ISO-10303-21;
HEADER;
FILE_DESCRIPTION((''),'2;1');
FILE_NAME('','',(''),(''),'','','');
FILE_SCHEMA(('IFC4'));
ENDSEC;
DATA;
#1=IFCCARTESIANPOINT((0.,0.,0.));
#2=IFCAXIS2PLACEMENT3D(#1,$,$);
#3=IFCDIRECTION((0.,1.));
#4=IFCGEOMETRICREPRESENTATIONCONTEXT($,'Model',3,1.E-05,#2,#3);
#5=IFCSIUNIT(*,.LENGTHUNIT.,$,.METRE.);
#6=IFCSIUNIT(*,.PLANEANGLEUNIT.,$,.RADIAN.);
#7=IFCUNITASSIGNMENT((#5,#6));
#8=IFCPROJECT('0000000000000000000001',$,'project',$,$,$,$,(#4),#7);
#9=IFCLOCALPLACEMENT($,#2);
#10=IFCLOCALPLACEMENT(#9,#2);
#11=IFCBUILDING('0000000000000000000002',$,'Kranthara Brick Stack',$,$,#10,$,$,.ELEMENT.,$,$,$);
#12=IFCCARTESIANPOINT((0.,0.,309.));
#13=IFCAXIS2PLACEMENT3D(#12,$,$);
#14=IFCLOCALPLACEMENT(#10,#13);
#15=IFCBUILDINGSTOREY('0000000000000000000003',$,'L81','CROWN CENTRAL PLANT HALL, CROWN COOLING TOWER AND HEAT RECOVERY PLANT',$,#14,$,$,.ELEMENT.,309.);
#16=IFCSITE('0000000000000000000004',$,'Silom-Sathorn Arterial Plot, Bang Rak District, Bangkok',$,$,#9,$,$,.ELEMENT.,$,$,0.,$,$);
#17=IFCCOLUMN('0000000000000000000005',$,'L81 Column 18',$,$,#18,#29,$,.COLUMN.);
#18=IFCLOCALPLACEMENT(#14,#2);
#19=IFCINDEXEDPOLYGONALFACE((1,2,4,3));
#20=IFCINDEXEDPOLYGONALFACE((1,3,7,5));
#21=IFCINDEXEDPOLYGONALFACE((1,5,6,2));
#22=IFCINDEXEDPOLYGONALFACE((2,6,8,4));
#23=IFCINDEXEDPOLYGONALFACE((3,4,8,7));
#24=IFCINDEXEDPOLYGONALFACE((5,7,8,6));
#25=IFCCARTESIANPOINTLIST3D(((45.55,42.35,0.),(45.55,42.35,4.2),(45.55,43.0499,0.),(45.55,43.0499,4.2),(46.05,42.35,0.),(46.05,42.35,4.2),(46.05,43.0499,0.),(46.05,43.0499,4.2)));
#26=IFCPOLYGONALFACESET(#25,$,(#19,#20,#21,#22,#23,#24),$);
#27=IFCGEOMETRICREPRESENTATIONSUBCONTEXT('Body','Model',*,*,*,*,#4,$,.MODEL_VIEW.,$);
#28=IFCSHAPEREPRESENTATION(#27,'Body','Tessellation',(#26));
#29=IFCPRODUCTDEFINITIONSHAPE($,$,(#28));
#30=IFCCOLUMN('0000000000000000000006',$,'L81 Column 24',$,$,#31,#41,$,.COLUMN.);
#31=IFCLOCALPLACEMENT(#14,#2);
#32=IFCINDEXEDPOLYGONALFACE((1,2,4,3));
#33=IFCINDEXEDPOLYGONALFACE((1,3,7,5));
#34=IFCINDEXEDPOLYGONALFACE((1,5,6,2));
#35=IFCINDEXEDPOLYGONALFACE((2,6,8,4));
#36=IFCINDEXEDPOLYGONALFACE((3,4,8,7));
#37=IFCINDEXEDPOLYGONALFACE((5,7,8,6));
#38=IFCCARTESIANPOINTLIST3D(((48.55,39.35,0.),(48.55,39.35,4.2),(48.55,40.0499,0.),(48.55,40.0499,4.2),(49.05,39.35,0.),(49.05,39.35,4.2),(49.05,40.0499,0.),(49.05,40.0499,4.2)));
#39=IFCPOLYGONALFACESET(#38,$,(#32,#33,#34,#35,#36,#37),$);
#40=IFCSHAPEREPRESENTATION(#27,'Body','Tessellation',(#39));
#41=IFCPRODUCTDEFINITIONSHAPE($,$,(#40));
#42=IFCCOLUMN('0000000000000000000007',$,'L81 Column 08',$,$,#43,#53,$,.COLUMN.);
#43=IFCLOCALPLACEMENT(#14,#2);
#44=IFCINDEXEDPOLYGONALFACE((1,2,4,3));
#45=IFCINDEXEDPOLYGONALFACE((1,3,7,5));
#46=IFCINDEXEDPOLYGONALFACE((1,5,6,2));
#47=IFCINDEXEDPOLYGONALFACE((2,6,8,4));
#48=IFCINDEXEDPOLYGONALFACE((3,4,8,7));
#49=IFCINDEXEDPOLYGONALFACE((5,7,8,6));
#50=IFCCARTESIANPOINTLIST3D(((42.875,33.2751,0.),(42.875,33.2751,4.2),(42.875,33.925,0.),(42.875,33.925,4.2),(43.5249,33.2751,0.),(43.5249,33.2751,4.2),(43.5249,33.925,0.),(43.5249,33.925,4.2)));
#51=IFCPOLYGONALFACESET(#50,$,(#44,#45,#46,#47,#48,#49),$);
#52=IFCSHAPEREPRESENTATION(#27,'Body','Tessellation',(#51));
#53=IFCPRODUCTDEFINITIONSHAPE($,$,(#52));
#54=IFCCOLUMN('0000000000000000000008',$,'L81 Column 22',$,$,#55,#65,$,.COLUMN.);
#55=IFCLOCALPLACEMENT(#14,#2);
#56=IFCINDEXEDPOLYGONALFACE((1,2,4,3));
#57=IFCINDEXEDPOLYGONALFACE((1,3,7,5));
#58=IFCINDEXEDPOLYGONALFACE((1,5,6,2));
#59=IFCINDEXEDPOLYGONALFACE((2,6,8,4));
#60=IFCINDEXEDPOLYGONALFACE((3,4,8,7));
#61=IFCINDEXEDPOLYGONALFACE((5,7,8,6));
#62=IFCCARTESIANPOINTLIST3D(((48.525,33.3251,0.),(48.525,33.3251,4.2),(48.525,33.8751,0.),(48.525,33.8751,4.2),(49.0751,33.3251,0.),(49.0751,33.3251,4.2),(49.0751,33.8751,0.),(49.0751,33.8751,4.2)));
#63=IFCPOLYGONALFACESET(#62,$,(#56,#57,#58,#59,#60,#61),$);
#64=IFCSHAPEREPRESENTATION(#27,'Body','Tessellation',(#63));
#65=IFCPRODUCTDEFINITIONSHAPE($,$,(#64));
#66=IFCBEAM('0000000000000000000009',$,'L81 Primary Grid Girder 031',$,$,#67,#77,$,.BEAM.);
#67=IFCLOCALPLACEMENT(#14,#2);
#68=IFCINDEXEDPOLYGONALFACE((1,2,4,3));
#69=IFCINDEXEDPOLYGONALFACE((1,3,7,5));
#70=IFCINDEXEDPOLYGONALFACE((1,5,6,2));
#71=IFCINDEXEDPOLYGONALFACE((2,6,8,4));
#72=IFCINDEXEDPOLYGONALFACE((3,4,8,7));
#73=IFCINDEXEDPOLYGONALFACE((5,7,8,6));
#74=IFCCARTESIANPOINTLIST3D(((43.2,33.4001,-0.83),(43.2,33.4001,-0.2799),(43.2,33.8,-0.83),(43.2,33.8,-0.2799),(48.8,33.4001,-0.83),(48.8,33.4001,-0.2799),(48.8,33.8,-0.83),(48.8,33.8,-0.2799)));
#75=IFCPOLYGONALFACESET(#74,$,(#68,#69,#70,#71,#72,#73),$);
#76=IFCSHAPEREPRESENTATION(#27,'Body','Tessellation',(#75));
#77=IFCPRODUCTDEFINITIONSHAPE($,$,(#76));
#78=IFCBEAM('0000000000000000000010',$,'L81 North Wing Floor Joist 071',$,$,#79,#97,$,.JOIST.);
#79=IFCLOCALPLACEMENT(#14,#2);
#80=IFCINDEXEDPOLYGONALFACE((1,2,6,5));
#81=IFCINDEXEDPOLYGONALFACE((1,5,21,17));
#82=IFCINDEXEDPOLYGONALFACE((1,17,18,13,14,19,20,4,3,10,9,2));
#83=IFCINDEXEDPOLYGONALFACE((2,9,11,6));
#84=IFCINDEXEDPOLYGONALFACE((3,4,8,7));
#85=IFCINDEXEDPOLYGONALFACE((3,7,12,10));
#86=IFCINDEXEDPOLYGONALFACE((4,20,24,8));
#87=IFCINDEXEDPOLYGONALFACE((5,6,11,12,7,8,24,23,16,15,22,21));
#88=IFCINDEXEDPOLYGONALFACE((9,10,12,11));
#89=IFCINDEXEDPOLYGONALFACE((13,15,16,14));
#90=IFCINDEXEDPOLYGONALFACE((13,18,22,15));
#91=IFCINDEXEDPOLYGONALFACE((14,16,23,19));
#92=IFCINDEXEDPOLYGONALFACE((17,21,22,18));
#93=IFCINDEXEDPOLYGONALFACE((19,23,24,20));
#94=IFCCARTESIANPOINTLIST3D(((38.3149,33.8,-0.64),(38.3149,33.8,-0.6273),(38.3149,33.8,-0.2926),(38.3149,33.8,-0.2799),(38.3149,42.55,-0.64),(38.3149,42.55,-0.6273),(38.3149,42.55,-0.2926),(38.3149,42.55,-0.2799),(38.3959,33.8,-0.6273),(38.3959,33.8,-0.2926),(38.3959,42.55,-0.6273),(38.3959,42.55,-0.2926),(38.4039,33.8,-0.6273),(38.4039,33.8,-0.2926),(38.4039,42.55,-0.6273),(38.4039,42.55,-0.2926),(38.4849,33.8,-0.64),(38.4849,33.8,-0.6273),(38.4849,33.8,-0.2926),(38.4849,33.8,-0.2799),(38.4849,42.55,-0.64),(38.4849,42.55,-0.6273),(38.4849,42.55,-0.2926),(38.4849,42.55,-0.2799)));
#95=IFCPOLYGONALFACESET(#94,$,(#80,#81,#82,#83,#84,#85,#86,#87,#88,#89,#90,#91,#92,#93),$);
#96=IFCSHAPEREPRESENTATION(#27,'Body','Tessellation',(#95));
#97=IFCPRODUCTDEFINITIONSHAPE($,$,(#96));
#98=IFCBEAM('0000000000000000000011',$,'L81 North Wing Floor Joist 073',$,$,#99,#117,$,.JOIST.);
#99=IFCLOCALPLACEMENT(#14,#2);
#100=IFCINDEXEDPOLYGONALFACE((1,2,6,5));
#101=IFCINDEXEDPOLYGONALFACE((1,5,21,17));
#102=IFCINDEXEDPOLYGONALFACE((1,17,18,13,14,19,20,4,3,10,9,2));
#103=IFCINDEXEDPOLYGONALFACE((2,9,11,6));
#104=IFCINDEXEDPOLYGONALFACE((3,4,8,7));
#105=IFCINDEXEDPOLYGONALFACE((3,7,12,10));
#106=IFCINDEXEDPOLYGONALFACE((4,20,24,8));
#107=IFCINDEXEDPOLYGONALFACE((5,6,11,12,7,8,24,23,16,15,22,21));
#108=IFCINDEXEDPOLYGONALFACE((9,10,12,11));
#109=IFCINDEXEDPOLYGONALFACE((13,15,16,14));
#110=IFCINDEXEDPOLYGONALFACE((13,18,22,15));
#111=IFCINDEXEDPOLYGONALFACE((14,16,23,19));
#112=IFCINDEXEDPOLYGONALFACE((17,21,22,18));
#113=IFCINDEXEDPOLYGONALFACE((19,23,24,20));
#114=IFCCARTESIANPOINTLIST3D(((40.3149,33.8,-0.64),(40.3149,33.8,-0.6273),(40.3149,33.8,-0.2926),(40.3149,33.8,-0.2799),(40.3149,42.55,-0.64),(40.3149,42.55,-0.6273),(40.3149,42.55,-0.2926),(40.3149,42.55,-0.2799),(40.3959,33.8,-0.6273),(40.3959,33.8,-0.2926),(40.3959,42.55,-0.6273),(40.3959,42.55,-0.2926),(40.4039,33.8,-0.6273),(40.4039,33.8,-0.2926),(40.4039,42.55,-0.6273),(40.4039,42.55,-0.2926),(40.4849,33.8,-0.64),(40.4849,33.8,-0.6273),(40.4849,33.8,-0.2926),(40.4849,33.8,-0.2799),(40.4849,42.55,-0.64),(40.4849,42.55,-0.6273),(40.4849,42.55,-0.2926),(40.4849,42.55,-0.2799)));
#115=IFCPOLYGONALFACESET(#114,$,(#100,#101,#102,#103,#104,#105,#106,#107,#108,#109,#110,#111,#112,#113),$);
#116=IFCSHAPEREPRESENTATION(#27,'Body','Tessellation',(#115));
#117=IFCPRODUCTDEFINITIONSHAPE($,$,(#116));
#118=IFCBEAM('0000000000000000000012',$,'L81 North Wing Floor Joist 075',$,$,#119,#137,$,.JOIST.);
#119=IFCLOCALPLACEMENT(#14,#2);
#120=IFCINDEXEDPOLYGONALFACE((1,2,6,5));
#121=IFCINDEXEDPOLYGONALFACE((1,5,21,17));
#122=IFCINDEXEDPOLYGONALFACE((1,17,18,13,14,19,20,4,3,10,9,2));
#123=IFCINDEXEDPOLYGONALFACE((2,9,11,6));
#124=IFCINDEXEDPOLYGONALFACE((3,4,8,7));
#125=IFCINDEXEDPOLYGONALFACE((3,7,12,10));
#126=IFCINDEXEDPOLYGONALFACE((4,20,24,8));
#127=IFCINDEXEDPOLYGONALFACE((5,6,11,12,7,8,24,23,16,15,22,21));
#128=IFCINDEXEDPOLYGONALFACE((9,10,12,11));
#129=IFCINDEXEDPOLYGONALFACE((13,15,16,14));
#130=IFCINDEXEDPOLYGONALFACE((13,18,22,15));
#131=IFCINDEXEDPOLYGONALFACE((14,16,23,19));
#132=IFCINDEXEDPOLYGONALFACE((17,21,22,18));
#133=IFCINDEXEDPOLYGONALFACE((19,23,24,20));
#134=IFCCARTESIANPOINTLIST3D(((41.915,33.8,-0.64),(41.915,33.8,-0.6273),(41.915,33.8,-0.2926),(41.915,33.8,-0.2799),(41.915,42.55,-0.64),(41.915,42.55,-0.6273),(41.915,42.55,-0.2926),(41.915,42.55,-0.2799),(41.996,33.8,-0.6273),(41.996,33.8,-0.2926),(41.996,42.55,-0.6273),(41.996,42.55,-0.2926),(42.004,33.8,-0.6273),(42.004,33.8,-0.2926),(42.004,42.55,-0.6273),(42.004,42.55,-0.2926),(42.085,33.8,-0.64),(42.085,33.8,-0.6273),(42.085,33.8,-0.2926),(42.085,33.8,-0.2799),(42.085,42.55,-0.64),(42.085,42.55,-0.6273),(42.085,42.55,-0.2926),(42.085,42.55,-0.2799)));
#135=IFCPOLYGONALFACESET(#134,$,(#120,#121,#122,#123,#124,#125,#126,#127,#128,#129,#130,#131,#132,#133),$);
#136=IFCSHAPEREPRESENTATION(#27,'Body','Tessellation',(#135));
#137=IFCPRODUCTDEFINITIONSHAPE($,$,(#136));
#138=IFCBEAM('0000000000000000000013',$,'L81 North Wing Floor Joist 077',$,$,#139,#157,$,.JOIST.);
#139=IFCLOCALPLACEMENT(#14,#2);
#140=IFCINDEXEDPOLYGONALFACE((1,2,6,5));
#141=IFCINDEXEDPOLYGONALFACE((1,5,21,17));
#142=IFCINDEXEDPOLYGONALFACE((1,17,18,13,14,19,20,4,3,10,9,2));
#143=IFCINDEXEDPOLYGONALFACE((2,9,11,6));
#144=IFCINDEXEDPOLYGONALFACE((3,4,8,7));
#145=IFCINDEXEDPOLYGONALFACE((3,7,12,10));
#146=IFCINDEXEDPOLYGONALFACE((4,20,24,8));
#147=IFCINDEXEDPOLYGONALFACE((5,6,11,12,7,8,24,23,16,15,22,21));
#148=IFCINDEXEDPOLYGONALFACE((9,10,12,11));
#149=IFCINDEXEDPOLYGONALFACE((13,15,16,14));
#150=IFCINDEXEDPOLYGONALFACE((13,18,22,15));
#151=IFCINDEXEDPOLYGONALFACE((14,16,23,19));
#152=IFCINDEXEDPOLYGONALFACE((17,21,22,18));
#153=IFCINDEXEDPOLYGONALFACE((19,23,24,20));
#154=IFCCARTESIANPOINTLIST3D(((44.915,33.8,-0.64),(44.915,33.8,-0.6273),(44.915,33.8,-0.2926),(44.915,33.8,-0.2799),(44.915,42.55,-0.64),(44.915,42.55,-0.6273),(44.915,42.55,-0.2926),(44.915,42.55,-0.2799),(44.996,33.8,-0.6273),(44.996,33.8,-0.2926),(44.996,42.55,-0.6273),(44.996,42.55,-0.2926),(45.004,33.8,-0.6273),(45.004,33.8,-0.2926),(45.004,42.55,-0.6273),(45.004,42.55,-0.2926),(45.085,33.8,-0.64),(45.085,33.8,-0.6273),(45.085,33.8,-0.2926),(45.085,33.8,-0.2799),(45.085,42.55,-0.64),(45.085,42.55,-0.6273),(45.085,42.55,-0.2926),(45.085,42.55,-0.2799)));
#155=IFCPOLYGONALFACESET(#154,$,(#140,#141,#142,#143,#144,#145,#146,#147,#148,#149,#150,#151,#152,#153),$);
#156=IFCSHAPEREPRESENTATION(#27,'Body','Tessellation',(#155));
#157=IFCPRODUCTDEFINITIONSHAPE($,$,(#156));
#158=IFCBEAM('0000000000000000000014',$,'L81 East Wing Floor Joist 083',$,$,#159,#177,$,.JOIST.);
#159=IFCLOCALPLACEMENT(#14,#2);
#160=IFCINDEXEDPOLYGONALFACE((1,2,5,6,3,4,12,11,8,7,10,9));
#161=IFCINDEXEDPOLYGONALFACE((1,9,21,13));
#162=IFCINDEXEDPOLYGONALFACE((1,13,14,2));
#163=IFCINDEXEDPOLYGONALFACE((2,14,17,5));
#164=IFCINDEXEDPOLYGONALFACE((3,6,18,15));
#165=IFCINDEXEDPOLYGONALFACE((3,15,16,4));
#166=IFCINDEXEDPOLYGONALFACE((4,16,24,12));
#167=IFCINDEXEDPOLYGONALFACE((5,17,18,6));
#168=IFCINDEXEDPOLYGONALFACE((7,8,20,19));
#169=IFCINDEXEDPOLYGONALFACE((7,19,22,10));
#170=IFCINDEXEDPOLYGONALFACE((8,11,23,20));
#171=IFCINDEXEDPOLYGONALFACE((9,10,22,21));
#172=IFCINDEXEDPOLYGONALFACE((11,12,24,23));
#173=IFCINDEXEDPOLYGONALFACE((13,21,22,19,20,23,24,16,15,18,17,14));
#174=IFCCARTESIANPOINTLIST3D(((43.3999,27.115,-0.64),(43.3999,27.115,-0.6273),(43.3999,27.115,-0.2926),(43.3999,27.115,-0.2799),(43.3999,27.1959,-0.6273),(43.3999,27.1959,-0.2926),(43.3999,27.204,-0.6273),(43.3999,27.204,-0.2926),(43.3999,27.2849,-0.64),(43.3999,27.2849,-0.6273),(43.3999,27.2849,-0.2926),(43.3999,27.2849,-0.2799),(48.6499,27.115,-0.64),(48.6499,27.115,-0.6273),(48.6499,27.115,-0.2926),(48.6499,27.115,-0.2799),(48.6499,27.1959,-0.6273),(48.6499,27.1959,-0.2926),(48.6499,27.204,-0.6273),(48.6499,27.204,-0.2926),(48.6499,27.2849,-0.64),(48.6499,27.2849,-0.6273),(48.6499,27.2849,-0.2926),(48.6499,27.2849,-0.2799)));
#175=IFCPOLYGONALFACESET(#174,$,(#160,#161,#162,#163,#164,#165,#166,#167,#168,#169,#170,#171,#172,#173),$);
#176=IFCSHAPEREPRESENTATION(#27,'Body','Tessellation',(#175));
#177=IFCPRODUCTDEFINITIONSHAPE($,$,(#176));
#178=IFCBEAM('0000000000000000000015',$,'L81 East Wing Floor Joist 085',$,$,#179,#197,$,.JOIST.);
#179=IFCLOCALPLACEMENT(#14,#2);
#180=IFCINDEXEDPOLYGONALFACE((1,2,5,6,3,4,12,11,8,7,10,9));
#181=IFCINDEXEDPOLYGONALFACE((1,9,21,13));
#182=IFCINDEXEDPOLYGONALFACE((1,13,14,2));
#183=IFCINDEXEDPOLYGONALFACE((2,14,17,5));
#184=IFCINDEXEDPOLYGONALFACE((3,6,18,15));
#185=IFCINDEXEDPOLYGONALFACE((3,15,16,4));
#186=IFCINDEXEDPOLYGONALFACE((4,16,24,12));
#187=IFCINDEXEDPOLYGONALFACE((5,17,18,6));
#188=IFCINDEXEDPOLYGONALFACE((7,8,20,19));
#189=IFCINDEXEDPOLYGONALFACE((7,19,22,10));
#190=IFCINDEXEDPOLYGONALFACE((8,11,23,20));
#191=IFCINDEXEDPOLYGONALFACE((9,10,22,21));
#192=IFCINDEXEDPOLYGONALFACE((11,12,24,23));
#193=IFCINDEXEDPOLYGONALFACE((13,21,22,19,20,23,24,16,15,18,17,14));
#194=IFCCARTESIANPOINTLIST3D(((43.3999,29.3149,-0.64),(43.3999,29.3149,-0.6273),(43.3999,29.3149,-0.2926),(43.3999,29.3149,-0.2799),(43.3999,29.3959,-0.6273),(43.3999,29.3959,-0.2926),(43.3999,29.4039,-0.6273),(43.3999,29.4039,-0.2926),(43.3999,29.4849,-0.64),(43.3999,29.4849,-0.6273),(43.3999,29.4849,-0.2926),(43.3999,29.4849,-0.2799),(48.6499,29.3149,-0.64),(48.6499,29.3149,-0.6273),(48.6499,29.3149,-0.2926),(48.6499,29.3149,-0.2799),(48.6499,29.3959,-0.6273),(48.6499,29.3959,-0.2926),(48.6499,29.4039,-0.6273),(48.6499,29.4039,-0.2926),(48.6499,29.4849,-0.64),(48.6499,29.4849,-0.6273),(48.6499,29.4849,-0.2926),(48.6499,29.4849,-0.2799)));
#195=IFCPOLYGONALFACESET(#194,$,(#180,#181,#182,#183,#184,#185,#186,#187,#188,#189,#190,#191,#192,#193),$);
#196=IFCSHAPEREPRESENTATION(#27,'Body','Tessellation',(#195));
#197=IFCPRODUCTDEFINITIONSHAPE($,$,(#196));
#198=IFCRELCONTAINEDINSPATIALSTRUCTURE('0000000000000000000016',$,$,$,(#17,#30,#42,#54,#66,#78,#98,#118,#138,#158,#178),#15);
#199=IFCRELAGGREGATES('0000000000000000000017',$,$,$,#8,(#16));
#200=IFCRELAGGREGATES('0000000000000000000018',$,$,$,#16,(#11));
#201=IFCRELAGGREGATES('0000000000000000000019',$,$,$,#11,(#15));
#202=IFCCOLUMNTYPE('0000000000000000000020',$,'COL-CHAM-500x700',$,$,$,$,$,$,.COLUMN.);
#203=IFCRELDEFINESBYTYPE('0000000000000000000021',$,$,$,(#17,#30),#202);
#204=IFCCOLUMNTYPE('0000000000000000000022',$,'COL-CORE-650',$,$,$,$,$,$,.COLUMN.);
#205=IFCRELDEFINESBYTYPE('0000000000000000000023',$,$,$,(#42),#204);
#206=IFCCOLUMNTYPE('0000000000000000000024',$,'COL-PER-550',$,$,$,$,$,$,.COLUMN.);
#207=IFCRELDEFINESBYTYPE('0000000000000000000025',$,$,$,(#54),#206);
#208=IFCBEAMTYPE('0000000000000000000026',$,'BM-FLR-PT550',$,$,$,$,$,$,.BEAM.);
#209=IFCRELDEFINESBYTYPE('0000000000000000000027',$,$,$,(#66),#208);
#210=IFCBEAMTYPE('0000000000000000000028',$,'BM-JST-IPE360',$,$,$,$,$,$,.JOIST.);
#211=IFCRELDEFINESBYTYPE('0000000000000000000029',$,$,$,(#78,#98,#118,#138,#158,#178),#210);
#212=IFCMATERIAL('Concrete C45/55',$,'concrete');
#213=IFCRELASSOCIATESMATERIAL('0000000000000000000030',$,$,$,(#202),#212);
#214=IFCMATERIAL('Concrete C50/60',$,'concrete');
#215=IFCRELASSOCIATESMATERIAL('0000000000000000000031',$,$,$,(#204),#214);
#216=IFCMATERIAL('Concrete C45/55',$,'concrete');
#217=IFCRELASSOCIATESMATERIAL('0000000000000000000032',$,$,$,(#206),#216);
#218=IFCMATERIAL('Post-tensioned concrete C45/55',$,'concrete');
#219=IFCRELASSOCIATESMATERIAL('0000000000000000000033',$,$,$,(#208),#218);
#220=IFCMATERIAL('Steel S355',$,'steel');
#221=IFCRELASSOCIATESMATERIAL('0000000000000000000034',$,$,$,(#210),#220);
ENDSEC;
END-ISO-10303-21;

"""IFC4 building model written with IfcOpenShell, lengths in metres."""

from ifc_helpers import new_model, si_unit, direction, frame, origin, origin_2d, place, context, subcontext, project, spatial, rectangle, i_section, extrude, material, material_profile, profile_set, type_object, element, save


model = new_model("IFC4")

# Units and contexts
model_context = context("Model", 3, precision=1e-05, world=origin(), true_north=direction((0.0, 1.0)))
body_context = subcontext(model_context, "Body", "Model", "MODEL_VIEW")
ifc_project = project(units=[si_unit("LENGTHUNIT", "METRE"), si_unit("PLANEANGLEUNIT", "RADIAN")], contexts=[model_context])

# Site, building, storey
site_placement = place(None, origin())
site = spatial("IfcSite", under=ifc_project, at=site_placement, Name="Silom-Sathorn Arterial Plot, Bang Rak District, Bangkok", CompositionType="ELEMENT", RefElevation=0.0)
building_placement = place(site_placement, origin())
building = spatial("IfcBuilding", under=site, at=building_placement, Name="Kranthara Brick Stack", CompositionType="ELEMENT")
storey_placement = place(building_placement, frame((0.0, 0.0, 309.0)))
storey = spatial("IfcBuildingStorey", under=building, at=storey_placement, Name="L81", Description="CROWN CENTRAL PLANT HALL, CROWN COOLING TOWER AND HEAT RECOVERY PLANT", CompositionType="ELEMENT", Elevation=309.0)

# Columns
ifc_material_1 = material(Name="Concrete C45/55", Category="concrete")
ifc_material_profile_1 = material_profile(ifc_material_1, rectangle(XDim=0.5, YDim=0.7, at=origin_2d()), Name="RC 500x700")
ifc_profile_set_1 = profile_set([ifc_material_profile_1], Name="Concrete C45/55")
column_type_1 = type_object("IfcColumnType", Name="COL-CHAM-500x700", PredefinedType="COLUMN", material=ifc_profile_set_1)
for number, where, z_axis, x_axis, name in (
    (1, (45.8, 42.7, 0.0), (0.0, 0.0, 1.0), (1.0, 0.0, 0.0), "L81 Column 18"),
    (2, (48.8, 39.7, 0.0), (0.0, 0.0, 1.0), (1.0, 0.0, 0.0), "L81 Column 24"),
):
    element("IfcColumn", number, at=place(storey_placement, frame(where, z_axis=z_axis, x_axis=x_axis)), inside=storey, type_object=column_type_1, Name=name, PredefinedType="COLUMN", context=body_context, shape_type="SweptSolid", body=[
        extrude(rectangle(XDim=0.5, YDim=0.7, at=origin_2d()), origin(), (0.0, 0.0, 1.0), 4.2),
    ])
ifc_material_2 = material(Name="Concrete C50/60", Category="concrete")
ifc_material_profile_2 = material_profile(ifc_material_2, rectangle(XDim=0.6499, YDim=0.6499, at=origin_2d()), Name="RC 650x650")
ifc_profile_set_2 = profile_set([ifc_material_profile_2], Name="Concrete C50/60")
column_type_2 = type_object("IfcColumnType", Name="COL-CORE-650", PredefinedType="COLUMN", material=ifc_profile_set_2)
column_1_placement = place(storey_placement, frame((43.2, 33.6001, 0.0), z_axis=(0.0, 0.0, 1.0), x_axis=(1.0, 0.0, 0.0)))
element("IfcColumn", 3, at=column_1_placement, inside=storey, type_object=column_type_2, Name="L81 Column 08", PredefinedType="COLUMN", context=body_context, shape_type="SweptSolid", body=[
    extrude(rectangle(XDim=0.6499, YDim=0.6499, at=origin_2d()), origin(), (0.0, 0.0, 1.0), 4.2),
])
ifc_material_3 = material(Name="Concrete C45/55", Category="concrete")
ifc_material_profile_3 = material_profile(ifc_material_3, rectangle(XDim=0.55, YDim=0.55, at=origin_2d()), Name="RC 550x550")
ifc_profile_set_3 = profile_set([ifc_material_profile_3], Name="Concrete C45/55")
column_type_3 = type_object("IfcColumnType", Name="COL-PER-550", PredefinedType="COLUMN", material=ifc_profile_set_3)
column_2_placement = place(storey_placement, frame((48.8, 33.6001, 0.0), z_axis=(0.0, 0.0, 1.0), x_axis=(1.0, 0.0, 0.0)))
element("IfcColumn", 4, at=column_2_placement, inside=storey, type_object=column_type_3, Name="L81 Column 22", PredefinedType="COLUMN", context=body_context, shape_type="SweptSolid", body=[
    extrude(rectangle(XDim=0.55, YDim=0.55, at=origin_2d()), origin(), (0.0, 0.0, 1.0), 4.2),
])

# Beams
ifc_material_4 = material(Name="Post-tensioned concrete C45/55", Category="concrete")
ifc_material_profile_4 = material_profile(ifc_material_4, rectangle(XDim=0.3999, YDim=0.55, at=origin_2d()), Name="PT 400x550")
ifc_profile_set_4 = profile_set([ifc_material_profile_4], Name="Post-tensioned concrete C45/55")
beam_type_1 = type_object("IfcBeamType", Name="BM-FLR-PT550", PredefinedType="BEAM", material=ifc_profile_set_4)
beam_1_placement = place(storey_placement, frame((43.2, 33.6001, -0.5549), z_axis=(1.0, 0.0, 0.0), x_axis=(0.0, 1.0, 0.0)))
element("IfcBeam", 5, at=beam_1_placement, inside=storey, type_object=beam_type_1, Name="L81 Primary Grid Girder 031", PredefinedType="BEAM", context=body_context, shape_type="SweptSolid", body=[
    extrude(rectangle(XDim=0.3999, YDim=0.55, at=origin_2d()), origin(), (0.0, 0.0, 1.0), 5.6001),
])
ifc_material_5 = material(Name="Steel S355", Category="steel")
ifc_material_profile_5 = material_profile(ifc_material_5, i_section(OverallWidth=0.1699, OverallDepth=0.3601, WebThickness=0.0081, FlangeThickness=0.0127, at=origin_2d()), Name="IPE 360")
ifc_profile_set_5 = profile_set([ifc_material_profile_5], Name="Steel S355")
beam_type_2 = type_object("IfcBeamType", Name="BM-JST-IPE360", PredefinedType="JOIST", material=ifc_profile_set_5)
for number, where, z_axis, x_axis, name in (
    (6, (38.3999, 33.8, -0.46), (0.0, 1.0, 0.0), (-1.0, 0.0, 0.0), "L81 North Wing Floor Joist 071"),
    (7, (40.3999, 33.8, -0.46), (0.0, 1.0, 0.0), (-1.0, 0.0, 0.0), "L81 North Wing Floor Joist 073"),
    (8, (42.0, 33.8, -0.46), (0.0, 1.0, 0.0), (-1.0, 0.0, 0.0), "L81 North Wing Floor Joist 075"),
    (9, (45.0, 33.8, -0.46), (0.0, 1.0, 0.0), (-1.0, 0.0, 0.0), "L81 North Wing Floor Joist 077"),
):
    element("IfcBeam", number, at=place(storey_placement, frame(where, z_axis=z_axis, x_axis=x_axis)), inside=storey, type_object=beam_type_2, Name=name, PredefinedType="JOIST", context=body_context, shape_type="SweptSolid", body=[
        extrude(i_section(OverallWidth=0.1699, OverallDepth=0.3601, WebThickness=0.0081, FlangeThickness=0.0127, at=origin_2d()), origin(), (0.0, 0.0, 1.0), 8.75),
    ])
for number, where, z_axis, x_axis, name in (
    (10, (43.3999, 27.2, -0.46), (1.0, 0.0, 0.0), (0.0, 1.0, 0.0), "L81 East Wing Floor Joist 083"),
    (11, (43.3999, 29.3999, -0.46), (1.0, 0.0, 0.0), (0.0, 1.0, 0.0), "L81 East Wing Floor Joist 085"),
):
    element("IfcBeam", number, at=place(storey_placement, frame(where, z_axis=z_axis, x_axis=x_axis)), inside=storey, type_object=beam_type_2, Name=name, PredefinedType="JOIST", context=body_context, shape_type="SweptSolid", body=[
        extrude(i_section(OverallWidth=0.1699, OverallDepth=0.3601, WebThickness=0.0081, FlangeThickness=0.0127, at=origin_2d()), origin(), (0.0, 0.0, 1.0), 5.25),
    ])

save(model, "model.ifc")
